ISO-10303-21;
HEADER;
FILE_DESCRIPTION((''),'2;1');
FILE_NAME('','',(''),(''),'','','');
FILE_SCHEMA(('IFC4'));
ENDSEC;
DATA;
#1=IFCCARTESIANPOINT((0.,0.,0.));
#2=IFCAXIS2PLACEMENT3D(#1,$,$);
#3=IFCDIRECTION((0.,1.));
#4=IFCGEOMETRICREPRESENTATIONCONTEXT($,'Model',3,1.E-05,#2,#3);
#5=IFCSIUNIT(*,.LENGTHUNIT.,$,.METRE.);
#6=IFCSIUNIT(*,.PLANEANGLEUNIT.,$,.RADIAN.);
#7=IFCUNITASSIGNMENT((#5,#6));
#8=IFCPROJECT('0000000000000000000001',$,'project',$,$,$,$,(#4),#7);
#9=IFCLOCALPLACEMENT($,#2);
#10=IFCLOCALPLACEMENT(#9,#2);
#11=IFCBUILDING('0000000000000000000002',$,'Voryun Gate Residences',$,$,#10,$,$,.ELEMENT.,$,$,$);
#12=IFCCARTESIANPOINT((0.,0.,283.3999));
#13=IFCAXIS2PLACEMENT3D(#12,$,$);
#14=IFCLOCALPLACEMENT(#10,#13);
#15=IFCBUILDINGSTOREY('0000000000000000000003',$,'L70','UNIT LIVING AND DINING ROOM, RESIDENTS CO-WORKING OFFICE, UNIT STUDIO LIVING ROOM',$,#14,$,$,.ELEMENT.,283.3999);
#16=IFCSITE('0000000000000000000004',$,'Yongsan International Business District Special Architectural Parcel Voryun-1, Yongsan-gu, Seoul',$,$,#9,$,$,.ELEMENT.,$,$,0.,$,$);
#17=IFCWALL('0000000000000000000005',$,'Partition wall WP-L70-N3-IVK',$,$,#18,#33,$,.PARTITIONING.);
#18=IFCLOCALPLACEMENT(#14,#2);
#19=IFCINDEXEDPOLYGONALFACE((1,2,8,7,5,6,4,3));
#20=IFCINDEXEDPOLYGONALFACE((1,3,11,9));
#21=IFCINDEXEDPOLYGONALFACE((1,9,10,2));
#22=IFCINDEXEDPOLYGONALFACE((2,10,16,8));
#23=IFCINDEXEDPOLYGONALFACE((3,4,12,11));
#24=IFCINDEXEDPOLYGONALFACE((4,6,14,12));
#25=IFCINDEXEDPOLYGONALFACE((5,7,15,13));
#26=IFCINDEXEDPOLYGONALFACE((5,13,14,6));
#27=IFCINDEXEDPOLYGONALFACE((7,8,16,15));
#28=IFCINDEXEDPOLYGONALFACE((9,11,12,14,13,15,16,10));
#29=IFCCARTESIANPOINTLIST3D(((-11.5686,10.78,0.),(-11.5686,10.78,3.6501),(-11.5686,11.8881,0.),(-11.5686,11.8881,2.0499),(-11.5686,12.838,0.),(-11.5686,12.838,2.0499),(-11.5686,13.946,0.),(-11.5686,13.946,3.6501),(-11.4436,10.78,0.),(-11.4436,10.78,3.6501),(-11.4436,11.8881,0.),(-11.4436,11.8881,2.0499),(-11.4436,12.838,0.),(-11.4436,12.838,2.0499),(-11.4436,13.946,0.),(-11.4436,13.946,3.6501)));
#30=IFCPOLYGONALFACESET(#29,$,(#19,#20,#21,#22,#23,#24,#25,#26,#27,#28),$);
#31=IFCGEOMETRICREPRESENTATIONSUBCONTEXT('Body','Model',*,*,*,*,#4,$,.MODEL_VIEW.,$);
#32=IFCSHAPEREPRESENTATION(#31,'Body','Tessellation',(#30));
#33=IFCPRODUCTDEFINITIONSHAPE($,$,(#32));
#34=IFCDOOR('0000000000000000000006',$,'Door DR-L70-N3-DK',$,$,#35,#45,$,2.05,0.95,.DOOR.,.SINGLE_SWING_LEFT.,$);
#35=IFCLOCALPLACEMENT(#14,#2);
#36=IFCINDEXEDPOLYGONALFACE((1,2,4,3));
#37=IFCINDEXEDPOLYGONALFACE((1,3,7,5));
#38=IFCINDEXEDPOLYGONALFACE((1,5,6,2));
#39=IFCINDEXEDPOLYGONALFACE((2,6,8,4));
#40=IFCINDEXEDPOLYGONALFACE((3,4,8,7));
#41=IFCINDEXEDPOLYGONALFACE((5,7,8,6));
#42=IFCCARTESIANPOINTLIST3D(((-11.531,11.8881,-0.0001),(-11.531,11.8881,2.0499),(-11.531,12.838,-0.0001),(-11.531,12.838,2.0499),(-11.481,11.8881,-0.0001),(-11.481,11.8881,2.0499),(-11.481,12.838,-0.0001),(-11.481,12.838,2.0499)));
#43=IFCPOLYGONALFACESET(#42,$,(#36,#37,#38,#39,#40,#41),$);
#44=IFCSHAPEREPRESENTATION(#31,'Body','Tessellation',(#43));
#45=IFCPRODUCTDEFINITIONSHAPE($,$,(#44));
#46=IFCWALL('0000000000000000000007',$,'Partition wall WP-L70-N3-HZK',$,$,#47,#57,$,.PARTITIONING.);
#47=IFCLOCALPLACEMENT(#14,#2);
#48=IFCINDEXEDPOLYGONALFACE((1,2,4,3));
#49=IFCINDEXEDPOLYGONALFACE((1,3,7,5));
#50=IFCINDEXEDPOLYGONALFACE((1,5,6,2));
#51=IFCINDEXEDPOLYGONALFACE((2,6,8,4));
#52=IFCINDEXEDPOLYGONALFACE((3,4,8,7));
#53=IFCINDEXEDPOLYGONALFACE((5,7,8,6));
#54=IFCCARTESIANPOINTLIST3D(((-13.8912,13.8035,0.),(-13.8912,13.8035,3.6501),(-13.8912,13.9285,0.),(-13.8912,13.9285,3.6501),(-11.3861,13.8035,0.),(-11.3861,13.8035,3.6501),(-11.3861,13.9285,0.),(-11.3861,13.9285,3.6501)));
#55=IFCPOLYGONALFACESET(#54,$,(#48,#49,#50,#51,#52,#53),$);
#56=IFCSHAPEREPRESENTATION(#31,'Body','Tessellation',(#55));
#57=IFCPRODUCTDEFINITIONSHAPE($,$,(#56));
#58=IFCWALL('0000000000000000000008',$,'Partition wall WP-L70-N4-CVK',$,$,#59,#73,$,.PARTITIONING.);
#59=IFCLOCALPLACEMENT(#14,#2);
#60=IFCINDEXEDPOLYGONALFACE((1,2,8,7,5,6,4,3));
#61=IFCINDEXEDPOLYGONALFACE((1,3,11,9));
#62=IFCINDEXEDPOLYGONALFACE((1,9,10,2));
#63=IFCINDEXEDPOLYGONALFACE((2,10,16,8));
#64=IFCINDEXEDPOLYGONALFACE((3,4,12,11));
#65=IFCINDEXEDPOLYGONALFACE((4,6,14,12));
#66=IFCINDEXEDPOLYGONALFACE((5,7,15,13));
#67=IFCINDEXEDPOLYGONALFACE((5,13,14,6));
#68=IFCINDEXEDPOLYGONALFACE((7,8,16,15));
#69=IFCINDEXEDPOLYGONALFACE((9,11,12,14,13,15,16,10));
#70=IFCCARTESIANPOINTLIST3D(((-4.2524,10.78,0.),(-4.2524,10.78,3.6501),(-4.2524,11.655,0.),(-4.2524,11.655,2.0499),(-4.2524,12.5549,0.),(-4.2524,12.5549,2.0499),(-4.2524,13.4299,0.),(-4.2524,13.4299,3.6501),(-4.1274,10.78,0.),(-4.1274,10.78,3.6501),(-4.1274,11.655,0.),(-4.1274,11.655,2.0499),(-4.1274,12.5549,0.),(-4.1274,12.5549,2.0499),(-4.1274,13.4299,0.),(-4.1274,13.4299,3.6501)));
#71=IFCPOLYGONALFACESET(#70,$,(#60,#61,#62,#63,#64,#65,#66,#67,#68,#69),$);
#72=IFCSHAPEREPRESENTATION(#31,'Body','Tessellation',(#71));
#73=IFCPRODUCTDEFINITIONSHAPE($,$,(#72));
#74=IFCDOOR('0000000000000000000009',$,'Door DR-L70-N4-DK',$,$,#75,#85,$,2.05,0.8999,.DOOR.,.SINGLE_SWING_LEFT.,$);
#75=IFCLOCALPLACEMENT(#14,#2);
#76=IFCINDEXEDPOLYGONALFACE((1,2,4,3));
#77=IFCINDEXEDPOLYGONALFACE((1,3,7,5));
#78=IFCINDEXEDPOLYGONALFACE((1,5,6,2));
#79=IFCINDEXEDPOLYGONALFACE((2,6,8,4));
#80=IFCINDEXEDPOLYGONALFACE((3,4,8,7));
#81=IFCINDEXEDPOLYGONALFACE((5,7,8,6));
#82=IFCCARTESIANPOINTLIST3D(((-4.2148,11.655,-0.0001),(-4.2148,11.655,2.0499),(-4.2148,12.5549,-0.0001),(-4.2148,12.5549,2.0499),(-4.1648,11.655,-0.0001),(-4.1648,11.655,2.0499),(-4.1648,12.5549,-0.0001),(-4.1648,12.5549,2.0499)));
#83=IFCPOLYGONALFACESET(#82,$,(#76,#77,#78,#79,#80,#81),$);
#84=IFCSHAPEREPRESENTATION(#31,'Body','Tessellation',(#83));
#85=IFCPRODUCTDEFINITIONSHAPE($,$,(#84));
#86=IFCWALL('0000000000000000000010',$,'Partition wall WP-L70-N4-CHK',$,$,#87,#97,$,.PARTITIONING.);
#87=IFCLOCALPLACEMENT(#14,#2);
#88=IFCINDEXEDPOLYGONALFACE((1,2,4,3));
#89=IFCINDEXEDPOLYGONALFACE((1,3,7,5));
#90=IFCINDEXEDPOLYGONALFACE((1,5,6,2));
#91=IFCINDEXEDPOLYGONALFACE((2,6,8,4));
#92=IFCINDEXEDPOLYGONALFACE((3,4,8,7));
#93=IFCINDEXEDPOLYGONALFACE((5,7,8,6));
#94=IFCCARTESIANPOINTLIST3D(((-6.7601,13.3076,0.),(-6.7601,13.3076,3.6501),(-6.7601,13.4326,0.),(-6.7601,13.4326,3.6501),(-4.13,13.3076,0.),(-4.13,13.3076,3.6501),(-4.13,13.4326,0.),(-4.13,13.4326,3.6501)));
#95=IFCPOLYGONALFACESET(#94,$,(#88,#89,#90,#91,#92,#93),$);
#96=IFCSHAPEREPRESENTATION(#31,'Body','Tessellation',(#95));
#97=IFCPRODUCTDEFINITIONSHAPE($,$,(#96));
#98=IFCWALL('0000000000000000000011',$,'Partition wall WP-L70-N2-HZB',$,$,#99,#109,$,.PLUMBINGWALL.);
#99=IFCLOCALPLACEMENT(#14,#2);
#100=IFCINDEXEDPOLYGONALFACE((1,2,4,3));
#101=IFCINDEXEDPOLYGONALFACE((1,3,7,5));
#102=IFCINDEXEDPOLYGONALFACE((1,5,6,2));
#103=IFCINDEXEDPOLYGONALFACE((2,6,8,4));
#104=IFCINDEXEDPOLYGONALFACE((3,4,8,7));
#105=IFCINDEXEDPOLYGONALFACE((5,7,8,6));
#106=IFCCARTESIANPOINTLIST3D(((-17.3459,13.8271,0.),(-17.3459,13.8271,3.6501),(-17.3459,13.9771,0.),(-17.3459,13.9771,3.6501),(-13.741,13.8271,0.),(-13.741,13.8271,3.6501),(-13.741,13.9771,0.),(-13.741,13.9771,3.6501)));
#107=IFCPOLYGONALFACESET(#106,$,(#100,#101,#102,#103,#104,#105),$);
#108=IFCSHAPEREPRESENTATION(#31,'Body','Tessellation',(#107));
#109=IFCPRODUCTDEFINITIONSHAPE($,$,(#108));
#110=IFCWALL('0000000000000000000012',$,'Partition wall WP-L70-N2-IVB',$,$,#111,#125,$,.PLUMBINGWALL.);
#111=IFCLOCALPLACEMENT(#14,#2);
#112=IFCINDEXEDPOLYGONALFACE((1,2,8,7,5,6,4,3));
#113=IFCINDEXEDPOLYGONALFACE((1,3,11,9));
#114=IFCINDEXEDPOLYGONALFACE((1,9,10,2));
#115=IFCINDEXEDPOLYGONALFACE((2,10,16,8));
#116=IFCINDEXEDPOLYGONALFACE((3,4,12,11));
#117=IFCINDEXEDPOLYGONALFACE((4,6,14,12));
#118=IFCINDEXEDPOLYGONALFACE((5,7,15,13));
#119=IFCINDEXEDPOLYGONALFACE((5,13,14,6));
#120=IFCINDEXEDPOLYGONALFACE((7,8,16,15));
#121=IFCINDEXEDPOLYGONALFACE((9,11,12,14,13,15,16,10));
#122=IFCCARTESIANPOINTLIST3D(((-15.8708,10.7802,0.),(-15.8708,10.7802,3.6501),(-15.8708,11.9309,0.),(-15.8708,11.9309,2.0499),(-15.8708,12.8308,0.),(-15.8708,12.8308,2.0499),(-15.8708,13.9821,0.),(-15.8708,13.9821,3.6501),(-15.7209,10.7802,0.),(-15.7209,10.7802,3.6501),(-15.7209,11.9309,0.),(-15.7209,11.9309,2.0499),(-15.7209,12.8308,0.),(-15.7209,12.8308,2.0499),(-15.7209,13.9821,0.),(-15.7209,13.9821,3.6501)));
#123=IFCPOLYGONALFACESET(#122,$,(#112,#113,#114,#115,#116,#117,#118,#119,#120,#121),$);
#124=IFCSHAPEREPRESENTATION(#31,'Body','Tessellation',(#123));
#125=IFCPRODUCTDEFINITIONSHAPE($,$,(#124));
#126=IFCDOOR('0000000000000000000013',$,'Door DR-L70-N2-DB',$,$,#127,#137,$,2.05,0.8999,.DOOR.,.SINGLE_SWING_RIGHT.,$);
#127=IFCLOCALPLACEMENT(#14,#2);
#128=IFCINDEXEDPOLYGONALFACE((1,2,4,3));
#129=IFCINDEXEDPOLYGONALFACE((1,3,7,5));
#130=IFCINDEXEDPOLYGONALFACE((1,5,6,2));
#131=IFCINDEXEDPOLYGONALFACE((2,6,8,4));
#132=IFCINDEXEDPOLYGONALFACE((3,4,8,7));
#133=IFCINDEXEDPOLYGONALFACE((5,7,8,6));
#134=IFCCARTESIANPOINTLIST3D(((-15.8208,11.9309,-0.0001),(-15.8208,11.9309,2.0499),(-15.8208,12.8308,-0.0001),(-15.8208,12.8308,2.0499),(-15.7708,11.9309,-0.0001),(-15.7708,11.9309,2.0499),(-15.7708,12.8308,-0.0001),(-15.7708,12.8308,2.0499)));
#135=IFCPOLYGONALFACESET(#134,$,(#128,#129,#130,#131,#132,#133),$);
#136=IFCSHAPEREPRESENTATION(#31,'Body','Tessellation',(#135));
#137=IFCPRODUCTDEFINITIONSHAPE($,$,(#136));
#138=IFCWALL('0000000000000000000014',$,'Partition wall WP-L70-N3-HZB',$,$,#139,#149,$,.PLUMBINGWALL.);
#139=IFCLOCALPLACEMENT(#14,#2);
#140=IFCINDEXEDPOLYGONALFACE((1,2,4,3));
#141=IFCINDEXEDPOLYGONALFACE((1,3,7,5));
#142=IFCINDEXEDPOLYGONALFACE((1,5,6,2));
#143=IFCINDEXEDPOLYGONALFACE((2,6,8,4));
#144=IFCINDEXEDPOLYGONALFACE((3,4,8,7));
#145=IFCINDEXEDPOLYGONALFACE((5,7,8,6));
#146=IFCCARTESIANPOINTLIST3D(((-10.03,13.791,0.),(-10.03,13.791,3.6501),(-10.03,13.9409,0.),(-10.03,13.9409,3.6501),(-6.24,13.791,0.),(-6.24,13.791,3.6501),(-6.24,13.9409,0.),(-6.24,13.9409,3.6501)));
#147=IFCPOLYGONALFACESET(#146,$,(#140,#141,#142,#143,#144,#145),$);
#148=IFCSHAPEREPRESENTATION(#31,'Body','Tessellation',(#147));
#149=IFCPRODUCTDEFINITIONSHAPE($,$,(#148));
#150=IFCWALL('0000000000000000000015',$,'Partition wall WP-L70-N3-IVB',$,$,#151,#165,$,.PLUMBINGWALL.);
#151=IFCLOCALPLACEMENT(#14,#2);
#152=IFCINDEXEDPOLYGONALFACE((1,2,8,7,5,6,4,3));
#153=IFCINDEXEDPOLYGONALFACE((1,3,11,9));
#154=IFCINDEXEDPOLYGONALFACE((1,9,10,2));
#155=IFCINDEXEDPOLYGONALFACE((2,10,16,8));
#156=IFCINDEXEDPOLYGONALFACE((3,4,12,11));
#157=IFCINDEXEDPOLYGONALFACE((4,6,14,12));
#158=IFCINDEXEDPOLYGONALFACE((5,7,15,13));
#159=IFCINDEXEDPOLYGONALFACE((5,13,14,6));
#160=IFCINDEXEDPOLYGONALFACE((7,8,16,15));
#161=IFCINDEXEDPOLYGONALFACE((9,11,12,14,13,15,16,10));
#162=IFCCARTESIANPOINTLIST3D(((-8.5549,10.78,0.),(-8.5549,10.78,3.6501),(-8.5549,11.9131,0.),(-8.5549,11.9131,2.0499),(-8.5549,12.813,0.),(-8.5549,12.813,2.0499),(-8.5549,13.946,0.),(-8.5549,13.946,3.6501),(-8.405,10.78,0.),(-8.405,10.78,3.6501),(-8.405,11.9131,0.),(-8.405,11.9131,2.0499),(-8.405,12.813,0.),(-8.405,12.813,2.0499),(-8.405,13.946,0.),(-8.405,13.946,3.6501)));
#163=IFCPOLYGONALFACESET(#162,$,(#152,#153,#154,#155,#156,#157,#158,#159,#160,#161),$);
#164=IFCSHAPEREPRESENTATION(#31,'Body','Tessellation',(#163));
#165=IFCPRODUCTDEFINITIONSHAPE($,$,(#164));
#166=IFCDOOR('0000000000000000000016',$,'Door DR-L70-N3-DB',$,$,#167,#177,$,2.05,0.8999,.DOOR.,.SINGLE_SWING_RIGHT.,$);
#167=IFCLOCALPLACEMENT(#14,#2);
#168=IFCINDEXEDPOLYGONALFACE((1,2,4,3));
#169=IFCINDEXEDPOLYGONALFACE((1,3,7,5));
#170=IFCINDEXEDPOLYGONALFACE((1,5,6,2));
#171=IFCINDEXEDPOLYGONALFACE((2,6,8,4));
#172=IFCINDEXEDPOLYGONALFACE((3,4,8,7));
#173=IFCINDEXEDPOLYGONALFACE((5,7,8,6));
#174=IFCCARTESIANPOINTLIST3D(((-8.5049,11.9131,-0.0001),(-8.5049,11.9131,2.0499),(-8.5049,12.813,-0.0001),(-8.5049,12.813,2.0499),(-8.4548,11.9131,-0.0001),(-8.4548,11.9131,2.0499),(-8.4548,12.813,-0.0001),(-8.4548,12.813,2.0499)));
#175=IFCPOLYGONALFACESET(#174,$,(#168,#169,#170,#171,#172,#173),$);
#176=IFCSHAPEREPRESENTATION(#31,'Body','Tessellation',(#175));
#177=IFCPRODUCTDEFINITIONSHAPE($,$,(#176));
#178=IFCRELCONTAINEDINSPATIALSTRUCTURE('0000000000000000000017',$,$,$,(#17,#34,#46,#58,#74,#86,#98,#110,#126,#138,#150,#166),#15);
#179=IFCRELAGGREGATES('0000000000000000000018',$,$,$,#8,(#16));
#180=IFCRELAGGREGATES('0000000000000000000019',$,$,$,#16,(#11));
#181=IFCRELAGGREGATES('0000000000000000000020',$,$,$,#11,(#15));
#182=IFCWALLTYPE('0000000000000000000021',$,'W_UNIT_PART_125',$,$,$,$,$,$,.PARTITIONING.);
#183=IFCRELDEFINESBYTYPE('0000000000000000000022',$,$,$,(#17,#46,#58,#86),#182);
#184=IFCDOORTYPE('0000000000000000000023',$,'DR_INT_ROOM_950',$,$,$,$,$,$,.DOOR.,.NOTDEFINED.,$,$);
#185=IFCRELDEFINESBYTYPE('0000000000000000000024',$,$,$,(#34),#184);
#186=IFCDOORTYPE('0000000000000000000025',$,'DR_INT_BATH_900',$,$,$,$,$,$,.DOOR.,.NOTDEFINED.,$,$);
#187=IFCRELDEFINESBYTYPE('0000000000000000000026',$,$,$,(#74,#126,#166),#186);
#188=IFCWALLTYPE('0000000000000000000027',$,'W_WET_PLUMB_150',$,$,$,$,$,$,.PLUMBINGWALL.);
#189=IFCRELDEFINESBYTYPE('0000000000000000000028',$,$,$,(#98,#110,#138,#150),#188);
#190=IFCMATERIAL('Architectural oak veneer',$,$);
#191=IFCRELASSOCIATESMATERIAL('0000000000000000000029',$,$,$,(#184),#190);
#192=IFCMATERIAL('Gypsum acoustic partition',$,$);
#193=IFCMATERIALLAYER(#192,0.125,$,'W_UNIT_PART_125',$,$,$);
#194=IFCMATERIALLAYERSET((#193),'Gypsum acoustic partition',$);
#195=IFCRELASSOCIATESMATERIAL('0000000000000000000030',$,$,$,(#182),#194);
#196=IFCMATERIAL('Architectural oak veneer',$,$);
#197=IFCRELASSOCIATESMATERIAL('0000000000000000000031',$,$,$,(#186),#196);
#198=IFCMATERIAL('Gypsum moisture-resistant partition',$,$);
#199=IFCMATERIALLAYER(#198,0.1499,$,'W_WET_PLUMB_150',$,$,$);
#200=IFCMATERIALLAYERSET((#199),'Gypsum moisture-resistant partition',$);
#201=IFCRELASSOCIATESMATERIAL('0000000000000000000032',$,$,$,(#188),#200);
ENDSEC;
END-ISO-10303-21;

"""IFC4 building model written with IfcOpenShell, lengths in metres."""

from ifc_helpers import new_model, si_unit, direction, frame, frame_2d, origin, place, context, subcontext, project, spatial, rectangle, extrude, material, layer, layer_set, type_object, element, fill, save


model = new_model("IFC4")

# Units and contexts
model_context = context("Model", 3, precision=1e-05, world=origin(), true_north=direction((0.0, 1.0)))
body_context = subcontext(model_context, "Body", "Model", "MODEL_VIEW")
ifc_project = project(units=[si_unit("LENGTHUNIT", "METRE"), si_unit("PLANEANGLEUNIT", "RADIAN")], contexts=[model_context])

# Site, building, storey
site_placement = place(None, origin())
site = spatial("IfcSite", under=ifc_project, at=site_placement, Name="Yongsan International Business District Special Architectural Parcel Voryun-1, Yongsan-gu, Seoul", CompositionType="ELEMENT", RefElevation=0.0)
building_placement = place(site_placement, origin())
building = spatial("IfcBuilding", under=site, at=building_placement, Name="Voryun Gate Residences", CompositionType="ELEMENT")
storey_placement = place(building_placement, frame((0.0, 0.0, 283.3999)))
storey = spatial("IfcBuildingStorey", under=building, at=storey_placement, Name="L70", Description="UNIT LIVING AND DINING ROOM, RESIDENTS CO-WORKING OFFICE, UNIT STUDIO LIVING ROOM", CompositionType="ELEMENT", Elevation=283.3999)

# Shared definitions
ifc_material_1 = material(Name="Architectural oak veneer")
door_type_1 = type_object("IfcDoorType", Name="DR_INT_ROOM_950", OperationType="NOTDEFINED", PredefinedType="DOOR", material=ifc_material_1)

# Wall, opening, door
ifc_material_2 = material(Name="Gypsum acoustic partition")
ifc_layer_1 = layer(ifc_material_2, 0.125, Name="W_UNIT_PART_125")
ifc_layer_set_1 = layer_set([ifc_layer_1], Name="Gypsum acoustic partition")
wall_type_1 = type_object("IfcWallType", Name="W_UNIT_PART_125", PredefinedType="PARTITIONING", material=ifc_layer_set_1)
ifc_material_3 = material(Name="Architectural oak veneer")
door_type_2 = type_object("IfcDoorType", Name="DR_INT_BATH_900", OperationType="NOTDEFINED", PredefinedType="DOOR", material=ifc_material_3)
wall_1_placement = place(storey_placement, frame((-11.5061, 10.78, 0.0), z_axis=(0.0, 0.0, 1.0), x_axis=(0.0, 1.0, 0.0)))
wall_1 = element("IfcWall", 1, at=wall_1_placement, inside=storey, type_object=wall_type_1, Name="Partition wall WP-L70-N3-IVK", PredefinedType="PARTITIONING", context=body_context, shape_type="SweptSolid", body=[
    extrude(rectangle(XDim=3.166, YDim=0.125, at=frame_2d((1.583, 0.0))), origin(), (0.0, 0.0, 1.0), 3.6501),
])
opening_1_placement = place(wall_1_placement, frame((1.1079, 0.0, 0.0)))
opening_1 = element("IfcOpeningElement", 2, at=opening_1_placement, cuts=wall_1, PredefinedType="OPENING", context=body_context, shape_type="SweptSolid", body=[
    extrude(rectangle(XDim=0.95, YDim=2.05, at=frame_2d((0.4751, 1.0249))), frame((0.0, 0.0725, 0.0), z_axis=(0.0, -1.0, 0.0), x_axis=(1.0, 0.0, 0.0)), (0.0, 0.0, 1.0), 0.145),
])
door_1_placement = place(opening_1_placement, origin())
door_1 = element("IfcDoor", 3, at=door_1_placement, inside=storey, type_object=door_type_1, Name="Door DR-L70-N3-DK", OperationType="SINGLE_SWING_LEFT", OverallHeight=2.05, OverallWidth=0.95, PredefinedType="DOOR", context=body_context, shape_type="SweptSolid", body=[
    extrude(rectangle(XDim=0.95, YDim=2.05, at=frame_2d((0.4751, 1.0249))), frame((0.0, 0.0249, 0.0), z_axis=(0.0, -1.0, 0.0), x_axis=(1.0, 0.0, 0.0)), (0.0, 0.0, 1.0), 0.05),
])
fill(opening_1, door_1)

# Wall
wall_2_placement = place(storey_placement, frame((-13.8911, 13.866, 0.0), z_axis=(0.0, 0.0, 1.0), x_axis=(1.0, 0.0, 0.0)))
element("IfcWall", 4, at=wall_2_placement, inside=storey, type_object=wall_type_1, Name="Partition wall WP-L70-N3-HZK", PredefinedType="PARTITIONING", context=body_context, shape_type="SweptSolid", body=[
    extrude(rectangle(XDim=2.5051, YDim=0.125, at=frame_2d((1.2524, 0.0))), origin(), (0.0, 0.0, 1.0), 3.6501),
])

# Wall, opening, door
wall_3_placement = place(storey_placement, frame((-4.1899, 10.78, 0.0), z_axis=(0.0, 0.0, 1.0), x_axis=(0.0, 1.0, 0.0)))
wall_3 = element("IfcWall", 5, at=wall_3_placement, inside=storey, type_object=wall_type_1, Name="Partition wall WP-L70-N4-CVK", PredefinedType="PARTITIONING", context=body_context, shape_type="SweptSolid", body=[
    extrude(rectangle(XDim=2.6499, YDim=0.125, at=frame_2d((1.325, 0.0))), origin(), (0.0, 0.0, 1.0), 3.6501),
])
opening_2_placement = place(wall_3_placement, frame((0.875, 0.0, 0.0)))
opening_2 = element("IfcOpeningElement", 6, at=opening_2_placement, cuts=wall_3, PredefinedType="OPENING", context=body_context, shape_type="SweptSolid", body=[
    extrude(rectangle(XDim=0.8999, YDim=2.05, at=frame_2d((0.45, 1.0249))), frame((0.0, 0.0725, 0.0), z_axis=(0.0, -1.0, 0.0), x_axis=(1.0, 0.0, 0.0)), (0.0, 0.0, 1.0), 0.145),
])
door_2_placement = place(opening_2_placement, origin())
door_2 = element("IfcDoor", 7, at=door_2_placement, inside=storey, type_object=door_type_2, Name="Door DR-L70-N4-DK", OperationType="SINGLE_SWING_LEFT", OverallHeight=2.05, OverallWidth=0.8999, PredefinedType="DOOR", context=body_context, shape_type="SweptSolid", body=[
    extrude(rectangle(XDim=0.8999, YDim=2.05, at=frame_2d((0.45, 1.0249))), frame((0.0, 0.0249, 0.0), z_axis=(0.0, -1.0, 0.0), x_axis=(1.0, 0.0, 0.0)), (0.0, 0.0, 1.0), 0.05),
])
fill(opening_2, door_2)

# Walls
wall_4_placement = place(storey_placement, frame((-6.76, 13.3701, 0.0), z_axis=(0.0, 0.0, 1.0), x_axis=(1.0, 0.0, 0.0)))
element("IfcWall", 8, at=wall_4_placement, inside=storey, type_object=wall_type_1, Name="Partition wall WP-L70-N4-CHK", PredefinedType="PARTITIONING", context=body_context, shape_type="SweptSolid", body=[
    extrude(rectangle(XDim=2.6301, YDim=0.125, at=frame_2d((1.3149, 0.0))), origin(), (0.0, 0.0, 1.0), 3.6501),
])
ifc_material_4 = material(Name="Gypsum moisture-resistant partition")
ifc_layer_2 = layer(ifc_material_4, 0.1499, Name="W_WET_PLUMB_150")
ifc_layer_set_2 = layer_set([ifc_layer_2], Name="Gypsum moisture-resistant partition")
wall_type_2 = type_object("IfcWallType", Name="W_WET_PLUMB_150", PredefinedType="PLUMBINGWALL", material=ifc_layer_set_2)
wall_5_placement = place(storey_placement, frame((-17.3459, 13.9021, 0.0), z_axis=(0.0, 0.0, 1.0), x_axis=(1.0, 0.0, 0.0)))
element("IfcWall", 9, at=wall_5_placement, inside=storey, type_object=wall_type_2, Name="Partition wall WP-L70-N2-HZB", PredefinedType="PLUMBINGWALL", context=body_context, shape_type="SweptSolid", body=[
    extrude(rectangle(XDim=3.605, YDim=0.1499, at=frame_2d((1.8025, 0.0))), origin(), (0.0, 0.0, 1.0), 3.6501),
])

# Wall, opening, door
wall_6_placement = place(storey_placement, frame((-15.7959, 10.78, 0.0), z_axis=(0.0, 0.0, 1.0), x_axis=(0.0, 1.0, 0.0)))
wall_6 = element("IfcWall", 10, at=wall_6_placement, inside=storey, type_object=wall_type_2, Name="Partition wall WP-L70-N2-IVB", PredefinedType="PLUMBINGWALL", context=body_context, shape_type="SweptSolid", body=[
    extrude(rectangle(XDim=3.2019, YDim=0.1499, at=frame_2d((1.6011, 0.0))), origin(), (0.0, 0.0, 1.0), 3.6501),
])
opening_3_placement = place(wall_6_placement, frame((1.1509, 0.0, 0.0)))
opening_3 = element("IfcOpeningElement", 11, at=opening_3_placement, cuts=wall_6, PredefinedType="OPENING", context=body_context, shape_type="SweptSolid", body=[
    extrude(rectangle(XDim=0.8999, YDim=2.05, at=frame_2d((0.45, 1.0249))), frame((0.0, 0.085, 0.0), z_axis=(0.0, -1.0, 0.0), x_axis=(1.0, 0.0, 0.0)), (0.0, 0.0, 1.0), 0.1699),
])
door_3_placement = place(opening_3_placement, origin())
door_3 = element("IfcDoor", 12, at=door_3_placement, inside=storey, type_object=door_type_2, Name="Door DR-L70-N2-DB", OperationType="SINGLE_SWING_RIGHT", OverallHeight=2.05, OverallWidth=0.8999, PredefinedType="DOOR", context=body_context, shape_type="SweptSolid", body=[
    extrude(rectangle(XDim=0.8999, YDim=2.05, at=frame_2d((0.45, 1.0249))), frame((0.0, 0.0249, 0.0), z_axis=(0.0, -1.0, 0.0), x_axis=(1.0, 0.0, 0.0)), (0.0, 0.0, 1.0), 0.05),
])
fill(opening_3, door_3)

# Wall
wall_7_placement = place(storey_placement, frame((-10.03, 13.866, 0.0), z_axis=(0.0, 0.0, 1.0), x_axis=(1.0, 0.0, 0.0)))
element("IfcWall", 13, at=wall_7_placement, inside=storey, type_object=wall_type_2, Name="Partition wall WP-L70-N3-HZB", PredefinedType="PLUMBINGWALL", context=body_context, shape_type="SweptSolid", body=[
    extrude(rectangle(XDim=3.79, YDim=0.1499, at=frame_2d((1.895, 0.0))), origin(), (0.0, 0.0, 1.0), 3.6501),
])

# Wall, opening, door
wall_8_placement = place(storey_placement, frame((-8.48, 10.78, 0.0), z_axis=(0.0, 0.0, 1.0), x_axis=(0.0, 1.0, 0.0)))
wall_8 = element("IfcWall", 14, at=wall_8_placement, inside=storey, type_object=wall_type_2, Name="Partition wall WP-L70-N3-IVB", PredefinedType="PLUMBINGWALL", context=body_context, shape_type="SweptSolid", body=[
    extrude(rectangle(XDim=3.166, YDim=0.1499, at=frame_2d((1.583, 0.0))), origin(), (0.0, 0.0, 1.0), 3.6501),
])
opening_4_placement = place(wall_8_placement, frame((1.1331, 0.0, 0.0)))
opening_4 = element("IfcOpeningElement", 15, at=opening_4_placement, cuts=wall_8, PredefinedType="OPENING", context=body_context, shape_type="SweptSolid", body=[
    extrude(rectangle(XDim=0.8999, YDim=2.05, at=frame_2d((0.45, 1.0249))), frame((0.0, 0.085, 0.0), z_axis=(0.0, -1.0, 0.0), x_axis=(1.0, 0.0, 0.0)), (0.0, 0.0, 1.0), 0.1699),
])
door_4_placement = place(opening_4_placement, origin())
door_4 = element("IfcDoor", 16, at=door_4_placement, inside=storey, type_object=door_type_2, Name="Door DR-L70-N3-DB", OperationType="SINGLE_SWING_RIGHT", OverallHeight=2.05, OverallWidth=0.8999, PredefinedType="DOOR", context=body_context, shape_type="SweptSolid", body=[
    extrude(rectangle(XDim=0.8999, YDim=2.05, at=frame_2d((0.45, 1.0249))), frame((0.0, 0.0249, 0.0), z_axis=(0.0, -1.0, 0.0), x_axis=(1.0, 0.0, 0.0)), (0.0, 0.0, 1.0), 0.05),
])
fill(opening_4, door_4)

save(model, "model.ifc")
